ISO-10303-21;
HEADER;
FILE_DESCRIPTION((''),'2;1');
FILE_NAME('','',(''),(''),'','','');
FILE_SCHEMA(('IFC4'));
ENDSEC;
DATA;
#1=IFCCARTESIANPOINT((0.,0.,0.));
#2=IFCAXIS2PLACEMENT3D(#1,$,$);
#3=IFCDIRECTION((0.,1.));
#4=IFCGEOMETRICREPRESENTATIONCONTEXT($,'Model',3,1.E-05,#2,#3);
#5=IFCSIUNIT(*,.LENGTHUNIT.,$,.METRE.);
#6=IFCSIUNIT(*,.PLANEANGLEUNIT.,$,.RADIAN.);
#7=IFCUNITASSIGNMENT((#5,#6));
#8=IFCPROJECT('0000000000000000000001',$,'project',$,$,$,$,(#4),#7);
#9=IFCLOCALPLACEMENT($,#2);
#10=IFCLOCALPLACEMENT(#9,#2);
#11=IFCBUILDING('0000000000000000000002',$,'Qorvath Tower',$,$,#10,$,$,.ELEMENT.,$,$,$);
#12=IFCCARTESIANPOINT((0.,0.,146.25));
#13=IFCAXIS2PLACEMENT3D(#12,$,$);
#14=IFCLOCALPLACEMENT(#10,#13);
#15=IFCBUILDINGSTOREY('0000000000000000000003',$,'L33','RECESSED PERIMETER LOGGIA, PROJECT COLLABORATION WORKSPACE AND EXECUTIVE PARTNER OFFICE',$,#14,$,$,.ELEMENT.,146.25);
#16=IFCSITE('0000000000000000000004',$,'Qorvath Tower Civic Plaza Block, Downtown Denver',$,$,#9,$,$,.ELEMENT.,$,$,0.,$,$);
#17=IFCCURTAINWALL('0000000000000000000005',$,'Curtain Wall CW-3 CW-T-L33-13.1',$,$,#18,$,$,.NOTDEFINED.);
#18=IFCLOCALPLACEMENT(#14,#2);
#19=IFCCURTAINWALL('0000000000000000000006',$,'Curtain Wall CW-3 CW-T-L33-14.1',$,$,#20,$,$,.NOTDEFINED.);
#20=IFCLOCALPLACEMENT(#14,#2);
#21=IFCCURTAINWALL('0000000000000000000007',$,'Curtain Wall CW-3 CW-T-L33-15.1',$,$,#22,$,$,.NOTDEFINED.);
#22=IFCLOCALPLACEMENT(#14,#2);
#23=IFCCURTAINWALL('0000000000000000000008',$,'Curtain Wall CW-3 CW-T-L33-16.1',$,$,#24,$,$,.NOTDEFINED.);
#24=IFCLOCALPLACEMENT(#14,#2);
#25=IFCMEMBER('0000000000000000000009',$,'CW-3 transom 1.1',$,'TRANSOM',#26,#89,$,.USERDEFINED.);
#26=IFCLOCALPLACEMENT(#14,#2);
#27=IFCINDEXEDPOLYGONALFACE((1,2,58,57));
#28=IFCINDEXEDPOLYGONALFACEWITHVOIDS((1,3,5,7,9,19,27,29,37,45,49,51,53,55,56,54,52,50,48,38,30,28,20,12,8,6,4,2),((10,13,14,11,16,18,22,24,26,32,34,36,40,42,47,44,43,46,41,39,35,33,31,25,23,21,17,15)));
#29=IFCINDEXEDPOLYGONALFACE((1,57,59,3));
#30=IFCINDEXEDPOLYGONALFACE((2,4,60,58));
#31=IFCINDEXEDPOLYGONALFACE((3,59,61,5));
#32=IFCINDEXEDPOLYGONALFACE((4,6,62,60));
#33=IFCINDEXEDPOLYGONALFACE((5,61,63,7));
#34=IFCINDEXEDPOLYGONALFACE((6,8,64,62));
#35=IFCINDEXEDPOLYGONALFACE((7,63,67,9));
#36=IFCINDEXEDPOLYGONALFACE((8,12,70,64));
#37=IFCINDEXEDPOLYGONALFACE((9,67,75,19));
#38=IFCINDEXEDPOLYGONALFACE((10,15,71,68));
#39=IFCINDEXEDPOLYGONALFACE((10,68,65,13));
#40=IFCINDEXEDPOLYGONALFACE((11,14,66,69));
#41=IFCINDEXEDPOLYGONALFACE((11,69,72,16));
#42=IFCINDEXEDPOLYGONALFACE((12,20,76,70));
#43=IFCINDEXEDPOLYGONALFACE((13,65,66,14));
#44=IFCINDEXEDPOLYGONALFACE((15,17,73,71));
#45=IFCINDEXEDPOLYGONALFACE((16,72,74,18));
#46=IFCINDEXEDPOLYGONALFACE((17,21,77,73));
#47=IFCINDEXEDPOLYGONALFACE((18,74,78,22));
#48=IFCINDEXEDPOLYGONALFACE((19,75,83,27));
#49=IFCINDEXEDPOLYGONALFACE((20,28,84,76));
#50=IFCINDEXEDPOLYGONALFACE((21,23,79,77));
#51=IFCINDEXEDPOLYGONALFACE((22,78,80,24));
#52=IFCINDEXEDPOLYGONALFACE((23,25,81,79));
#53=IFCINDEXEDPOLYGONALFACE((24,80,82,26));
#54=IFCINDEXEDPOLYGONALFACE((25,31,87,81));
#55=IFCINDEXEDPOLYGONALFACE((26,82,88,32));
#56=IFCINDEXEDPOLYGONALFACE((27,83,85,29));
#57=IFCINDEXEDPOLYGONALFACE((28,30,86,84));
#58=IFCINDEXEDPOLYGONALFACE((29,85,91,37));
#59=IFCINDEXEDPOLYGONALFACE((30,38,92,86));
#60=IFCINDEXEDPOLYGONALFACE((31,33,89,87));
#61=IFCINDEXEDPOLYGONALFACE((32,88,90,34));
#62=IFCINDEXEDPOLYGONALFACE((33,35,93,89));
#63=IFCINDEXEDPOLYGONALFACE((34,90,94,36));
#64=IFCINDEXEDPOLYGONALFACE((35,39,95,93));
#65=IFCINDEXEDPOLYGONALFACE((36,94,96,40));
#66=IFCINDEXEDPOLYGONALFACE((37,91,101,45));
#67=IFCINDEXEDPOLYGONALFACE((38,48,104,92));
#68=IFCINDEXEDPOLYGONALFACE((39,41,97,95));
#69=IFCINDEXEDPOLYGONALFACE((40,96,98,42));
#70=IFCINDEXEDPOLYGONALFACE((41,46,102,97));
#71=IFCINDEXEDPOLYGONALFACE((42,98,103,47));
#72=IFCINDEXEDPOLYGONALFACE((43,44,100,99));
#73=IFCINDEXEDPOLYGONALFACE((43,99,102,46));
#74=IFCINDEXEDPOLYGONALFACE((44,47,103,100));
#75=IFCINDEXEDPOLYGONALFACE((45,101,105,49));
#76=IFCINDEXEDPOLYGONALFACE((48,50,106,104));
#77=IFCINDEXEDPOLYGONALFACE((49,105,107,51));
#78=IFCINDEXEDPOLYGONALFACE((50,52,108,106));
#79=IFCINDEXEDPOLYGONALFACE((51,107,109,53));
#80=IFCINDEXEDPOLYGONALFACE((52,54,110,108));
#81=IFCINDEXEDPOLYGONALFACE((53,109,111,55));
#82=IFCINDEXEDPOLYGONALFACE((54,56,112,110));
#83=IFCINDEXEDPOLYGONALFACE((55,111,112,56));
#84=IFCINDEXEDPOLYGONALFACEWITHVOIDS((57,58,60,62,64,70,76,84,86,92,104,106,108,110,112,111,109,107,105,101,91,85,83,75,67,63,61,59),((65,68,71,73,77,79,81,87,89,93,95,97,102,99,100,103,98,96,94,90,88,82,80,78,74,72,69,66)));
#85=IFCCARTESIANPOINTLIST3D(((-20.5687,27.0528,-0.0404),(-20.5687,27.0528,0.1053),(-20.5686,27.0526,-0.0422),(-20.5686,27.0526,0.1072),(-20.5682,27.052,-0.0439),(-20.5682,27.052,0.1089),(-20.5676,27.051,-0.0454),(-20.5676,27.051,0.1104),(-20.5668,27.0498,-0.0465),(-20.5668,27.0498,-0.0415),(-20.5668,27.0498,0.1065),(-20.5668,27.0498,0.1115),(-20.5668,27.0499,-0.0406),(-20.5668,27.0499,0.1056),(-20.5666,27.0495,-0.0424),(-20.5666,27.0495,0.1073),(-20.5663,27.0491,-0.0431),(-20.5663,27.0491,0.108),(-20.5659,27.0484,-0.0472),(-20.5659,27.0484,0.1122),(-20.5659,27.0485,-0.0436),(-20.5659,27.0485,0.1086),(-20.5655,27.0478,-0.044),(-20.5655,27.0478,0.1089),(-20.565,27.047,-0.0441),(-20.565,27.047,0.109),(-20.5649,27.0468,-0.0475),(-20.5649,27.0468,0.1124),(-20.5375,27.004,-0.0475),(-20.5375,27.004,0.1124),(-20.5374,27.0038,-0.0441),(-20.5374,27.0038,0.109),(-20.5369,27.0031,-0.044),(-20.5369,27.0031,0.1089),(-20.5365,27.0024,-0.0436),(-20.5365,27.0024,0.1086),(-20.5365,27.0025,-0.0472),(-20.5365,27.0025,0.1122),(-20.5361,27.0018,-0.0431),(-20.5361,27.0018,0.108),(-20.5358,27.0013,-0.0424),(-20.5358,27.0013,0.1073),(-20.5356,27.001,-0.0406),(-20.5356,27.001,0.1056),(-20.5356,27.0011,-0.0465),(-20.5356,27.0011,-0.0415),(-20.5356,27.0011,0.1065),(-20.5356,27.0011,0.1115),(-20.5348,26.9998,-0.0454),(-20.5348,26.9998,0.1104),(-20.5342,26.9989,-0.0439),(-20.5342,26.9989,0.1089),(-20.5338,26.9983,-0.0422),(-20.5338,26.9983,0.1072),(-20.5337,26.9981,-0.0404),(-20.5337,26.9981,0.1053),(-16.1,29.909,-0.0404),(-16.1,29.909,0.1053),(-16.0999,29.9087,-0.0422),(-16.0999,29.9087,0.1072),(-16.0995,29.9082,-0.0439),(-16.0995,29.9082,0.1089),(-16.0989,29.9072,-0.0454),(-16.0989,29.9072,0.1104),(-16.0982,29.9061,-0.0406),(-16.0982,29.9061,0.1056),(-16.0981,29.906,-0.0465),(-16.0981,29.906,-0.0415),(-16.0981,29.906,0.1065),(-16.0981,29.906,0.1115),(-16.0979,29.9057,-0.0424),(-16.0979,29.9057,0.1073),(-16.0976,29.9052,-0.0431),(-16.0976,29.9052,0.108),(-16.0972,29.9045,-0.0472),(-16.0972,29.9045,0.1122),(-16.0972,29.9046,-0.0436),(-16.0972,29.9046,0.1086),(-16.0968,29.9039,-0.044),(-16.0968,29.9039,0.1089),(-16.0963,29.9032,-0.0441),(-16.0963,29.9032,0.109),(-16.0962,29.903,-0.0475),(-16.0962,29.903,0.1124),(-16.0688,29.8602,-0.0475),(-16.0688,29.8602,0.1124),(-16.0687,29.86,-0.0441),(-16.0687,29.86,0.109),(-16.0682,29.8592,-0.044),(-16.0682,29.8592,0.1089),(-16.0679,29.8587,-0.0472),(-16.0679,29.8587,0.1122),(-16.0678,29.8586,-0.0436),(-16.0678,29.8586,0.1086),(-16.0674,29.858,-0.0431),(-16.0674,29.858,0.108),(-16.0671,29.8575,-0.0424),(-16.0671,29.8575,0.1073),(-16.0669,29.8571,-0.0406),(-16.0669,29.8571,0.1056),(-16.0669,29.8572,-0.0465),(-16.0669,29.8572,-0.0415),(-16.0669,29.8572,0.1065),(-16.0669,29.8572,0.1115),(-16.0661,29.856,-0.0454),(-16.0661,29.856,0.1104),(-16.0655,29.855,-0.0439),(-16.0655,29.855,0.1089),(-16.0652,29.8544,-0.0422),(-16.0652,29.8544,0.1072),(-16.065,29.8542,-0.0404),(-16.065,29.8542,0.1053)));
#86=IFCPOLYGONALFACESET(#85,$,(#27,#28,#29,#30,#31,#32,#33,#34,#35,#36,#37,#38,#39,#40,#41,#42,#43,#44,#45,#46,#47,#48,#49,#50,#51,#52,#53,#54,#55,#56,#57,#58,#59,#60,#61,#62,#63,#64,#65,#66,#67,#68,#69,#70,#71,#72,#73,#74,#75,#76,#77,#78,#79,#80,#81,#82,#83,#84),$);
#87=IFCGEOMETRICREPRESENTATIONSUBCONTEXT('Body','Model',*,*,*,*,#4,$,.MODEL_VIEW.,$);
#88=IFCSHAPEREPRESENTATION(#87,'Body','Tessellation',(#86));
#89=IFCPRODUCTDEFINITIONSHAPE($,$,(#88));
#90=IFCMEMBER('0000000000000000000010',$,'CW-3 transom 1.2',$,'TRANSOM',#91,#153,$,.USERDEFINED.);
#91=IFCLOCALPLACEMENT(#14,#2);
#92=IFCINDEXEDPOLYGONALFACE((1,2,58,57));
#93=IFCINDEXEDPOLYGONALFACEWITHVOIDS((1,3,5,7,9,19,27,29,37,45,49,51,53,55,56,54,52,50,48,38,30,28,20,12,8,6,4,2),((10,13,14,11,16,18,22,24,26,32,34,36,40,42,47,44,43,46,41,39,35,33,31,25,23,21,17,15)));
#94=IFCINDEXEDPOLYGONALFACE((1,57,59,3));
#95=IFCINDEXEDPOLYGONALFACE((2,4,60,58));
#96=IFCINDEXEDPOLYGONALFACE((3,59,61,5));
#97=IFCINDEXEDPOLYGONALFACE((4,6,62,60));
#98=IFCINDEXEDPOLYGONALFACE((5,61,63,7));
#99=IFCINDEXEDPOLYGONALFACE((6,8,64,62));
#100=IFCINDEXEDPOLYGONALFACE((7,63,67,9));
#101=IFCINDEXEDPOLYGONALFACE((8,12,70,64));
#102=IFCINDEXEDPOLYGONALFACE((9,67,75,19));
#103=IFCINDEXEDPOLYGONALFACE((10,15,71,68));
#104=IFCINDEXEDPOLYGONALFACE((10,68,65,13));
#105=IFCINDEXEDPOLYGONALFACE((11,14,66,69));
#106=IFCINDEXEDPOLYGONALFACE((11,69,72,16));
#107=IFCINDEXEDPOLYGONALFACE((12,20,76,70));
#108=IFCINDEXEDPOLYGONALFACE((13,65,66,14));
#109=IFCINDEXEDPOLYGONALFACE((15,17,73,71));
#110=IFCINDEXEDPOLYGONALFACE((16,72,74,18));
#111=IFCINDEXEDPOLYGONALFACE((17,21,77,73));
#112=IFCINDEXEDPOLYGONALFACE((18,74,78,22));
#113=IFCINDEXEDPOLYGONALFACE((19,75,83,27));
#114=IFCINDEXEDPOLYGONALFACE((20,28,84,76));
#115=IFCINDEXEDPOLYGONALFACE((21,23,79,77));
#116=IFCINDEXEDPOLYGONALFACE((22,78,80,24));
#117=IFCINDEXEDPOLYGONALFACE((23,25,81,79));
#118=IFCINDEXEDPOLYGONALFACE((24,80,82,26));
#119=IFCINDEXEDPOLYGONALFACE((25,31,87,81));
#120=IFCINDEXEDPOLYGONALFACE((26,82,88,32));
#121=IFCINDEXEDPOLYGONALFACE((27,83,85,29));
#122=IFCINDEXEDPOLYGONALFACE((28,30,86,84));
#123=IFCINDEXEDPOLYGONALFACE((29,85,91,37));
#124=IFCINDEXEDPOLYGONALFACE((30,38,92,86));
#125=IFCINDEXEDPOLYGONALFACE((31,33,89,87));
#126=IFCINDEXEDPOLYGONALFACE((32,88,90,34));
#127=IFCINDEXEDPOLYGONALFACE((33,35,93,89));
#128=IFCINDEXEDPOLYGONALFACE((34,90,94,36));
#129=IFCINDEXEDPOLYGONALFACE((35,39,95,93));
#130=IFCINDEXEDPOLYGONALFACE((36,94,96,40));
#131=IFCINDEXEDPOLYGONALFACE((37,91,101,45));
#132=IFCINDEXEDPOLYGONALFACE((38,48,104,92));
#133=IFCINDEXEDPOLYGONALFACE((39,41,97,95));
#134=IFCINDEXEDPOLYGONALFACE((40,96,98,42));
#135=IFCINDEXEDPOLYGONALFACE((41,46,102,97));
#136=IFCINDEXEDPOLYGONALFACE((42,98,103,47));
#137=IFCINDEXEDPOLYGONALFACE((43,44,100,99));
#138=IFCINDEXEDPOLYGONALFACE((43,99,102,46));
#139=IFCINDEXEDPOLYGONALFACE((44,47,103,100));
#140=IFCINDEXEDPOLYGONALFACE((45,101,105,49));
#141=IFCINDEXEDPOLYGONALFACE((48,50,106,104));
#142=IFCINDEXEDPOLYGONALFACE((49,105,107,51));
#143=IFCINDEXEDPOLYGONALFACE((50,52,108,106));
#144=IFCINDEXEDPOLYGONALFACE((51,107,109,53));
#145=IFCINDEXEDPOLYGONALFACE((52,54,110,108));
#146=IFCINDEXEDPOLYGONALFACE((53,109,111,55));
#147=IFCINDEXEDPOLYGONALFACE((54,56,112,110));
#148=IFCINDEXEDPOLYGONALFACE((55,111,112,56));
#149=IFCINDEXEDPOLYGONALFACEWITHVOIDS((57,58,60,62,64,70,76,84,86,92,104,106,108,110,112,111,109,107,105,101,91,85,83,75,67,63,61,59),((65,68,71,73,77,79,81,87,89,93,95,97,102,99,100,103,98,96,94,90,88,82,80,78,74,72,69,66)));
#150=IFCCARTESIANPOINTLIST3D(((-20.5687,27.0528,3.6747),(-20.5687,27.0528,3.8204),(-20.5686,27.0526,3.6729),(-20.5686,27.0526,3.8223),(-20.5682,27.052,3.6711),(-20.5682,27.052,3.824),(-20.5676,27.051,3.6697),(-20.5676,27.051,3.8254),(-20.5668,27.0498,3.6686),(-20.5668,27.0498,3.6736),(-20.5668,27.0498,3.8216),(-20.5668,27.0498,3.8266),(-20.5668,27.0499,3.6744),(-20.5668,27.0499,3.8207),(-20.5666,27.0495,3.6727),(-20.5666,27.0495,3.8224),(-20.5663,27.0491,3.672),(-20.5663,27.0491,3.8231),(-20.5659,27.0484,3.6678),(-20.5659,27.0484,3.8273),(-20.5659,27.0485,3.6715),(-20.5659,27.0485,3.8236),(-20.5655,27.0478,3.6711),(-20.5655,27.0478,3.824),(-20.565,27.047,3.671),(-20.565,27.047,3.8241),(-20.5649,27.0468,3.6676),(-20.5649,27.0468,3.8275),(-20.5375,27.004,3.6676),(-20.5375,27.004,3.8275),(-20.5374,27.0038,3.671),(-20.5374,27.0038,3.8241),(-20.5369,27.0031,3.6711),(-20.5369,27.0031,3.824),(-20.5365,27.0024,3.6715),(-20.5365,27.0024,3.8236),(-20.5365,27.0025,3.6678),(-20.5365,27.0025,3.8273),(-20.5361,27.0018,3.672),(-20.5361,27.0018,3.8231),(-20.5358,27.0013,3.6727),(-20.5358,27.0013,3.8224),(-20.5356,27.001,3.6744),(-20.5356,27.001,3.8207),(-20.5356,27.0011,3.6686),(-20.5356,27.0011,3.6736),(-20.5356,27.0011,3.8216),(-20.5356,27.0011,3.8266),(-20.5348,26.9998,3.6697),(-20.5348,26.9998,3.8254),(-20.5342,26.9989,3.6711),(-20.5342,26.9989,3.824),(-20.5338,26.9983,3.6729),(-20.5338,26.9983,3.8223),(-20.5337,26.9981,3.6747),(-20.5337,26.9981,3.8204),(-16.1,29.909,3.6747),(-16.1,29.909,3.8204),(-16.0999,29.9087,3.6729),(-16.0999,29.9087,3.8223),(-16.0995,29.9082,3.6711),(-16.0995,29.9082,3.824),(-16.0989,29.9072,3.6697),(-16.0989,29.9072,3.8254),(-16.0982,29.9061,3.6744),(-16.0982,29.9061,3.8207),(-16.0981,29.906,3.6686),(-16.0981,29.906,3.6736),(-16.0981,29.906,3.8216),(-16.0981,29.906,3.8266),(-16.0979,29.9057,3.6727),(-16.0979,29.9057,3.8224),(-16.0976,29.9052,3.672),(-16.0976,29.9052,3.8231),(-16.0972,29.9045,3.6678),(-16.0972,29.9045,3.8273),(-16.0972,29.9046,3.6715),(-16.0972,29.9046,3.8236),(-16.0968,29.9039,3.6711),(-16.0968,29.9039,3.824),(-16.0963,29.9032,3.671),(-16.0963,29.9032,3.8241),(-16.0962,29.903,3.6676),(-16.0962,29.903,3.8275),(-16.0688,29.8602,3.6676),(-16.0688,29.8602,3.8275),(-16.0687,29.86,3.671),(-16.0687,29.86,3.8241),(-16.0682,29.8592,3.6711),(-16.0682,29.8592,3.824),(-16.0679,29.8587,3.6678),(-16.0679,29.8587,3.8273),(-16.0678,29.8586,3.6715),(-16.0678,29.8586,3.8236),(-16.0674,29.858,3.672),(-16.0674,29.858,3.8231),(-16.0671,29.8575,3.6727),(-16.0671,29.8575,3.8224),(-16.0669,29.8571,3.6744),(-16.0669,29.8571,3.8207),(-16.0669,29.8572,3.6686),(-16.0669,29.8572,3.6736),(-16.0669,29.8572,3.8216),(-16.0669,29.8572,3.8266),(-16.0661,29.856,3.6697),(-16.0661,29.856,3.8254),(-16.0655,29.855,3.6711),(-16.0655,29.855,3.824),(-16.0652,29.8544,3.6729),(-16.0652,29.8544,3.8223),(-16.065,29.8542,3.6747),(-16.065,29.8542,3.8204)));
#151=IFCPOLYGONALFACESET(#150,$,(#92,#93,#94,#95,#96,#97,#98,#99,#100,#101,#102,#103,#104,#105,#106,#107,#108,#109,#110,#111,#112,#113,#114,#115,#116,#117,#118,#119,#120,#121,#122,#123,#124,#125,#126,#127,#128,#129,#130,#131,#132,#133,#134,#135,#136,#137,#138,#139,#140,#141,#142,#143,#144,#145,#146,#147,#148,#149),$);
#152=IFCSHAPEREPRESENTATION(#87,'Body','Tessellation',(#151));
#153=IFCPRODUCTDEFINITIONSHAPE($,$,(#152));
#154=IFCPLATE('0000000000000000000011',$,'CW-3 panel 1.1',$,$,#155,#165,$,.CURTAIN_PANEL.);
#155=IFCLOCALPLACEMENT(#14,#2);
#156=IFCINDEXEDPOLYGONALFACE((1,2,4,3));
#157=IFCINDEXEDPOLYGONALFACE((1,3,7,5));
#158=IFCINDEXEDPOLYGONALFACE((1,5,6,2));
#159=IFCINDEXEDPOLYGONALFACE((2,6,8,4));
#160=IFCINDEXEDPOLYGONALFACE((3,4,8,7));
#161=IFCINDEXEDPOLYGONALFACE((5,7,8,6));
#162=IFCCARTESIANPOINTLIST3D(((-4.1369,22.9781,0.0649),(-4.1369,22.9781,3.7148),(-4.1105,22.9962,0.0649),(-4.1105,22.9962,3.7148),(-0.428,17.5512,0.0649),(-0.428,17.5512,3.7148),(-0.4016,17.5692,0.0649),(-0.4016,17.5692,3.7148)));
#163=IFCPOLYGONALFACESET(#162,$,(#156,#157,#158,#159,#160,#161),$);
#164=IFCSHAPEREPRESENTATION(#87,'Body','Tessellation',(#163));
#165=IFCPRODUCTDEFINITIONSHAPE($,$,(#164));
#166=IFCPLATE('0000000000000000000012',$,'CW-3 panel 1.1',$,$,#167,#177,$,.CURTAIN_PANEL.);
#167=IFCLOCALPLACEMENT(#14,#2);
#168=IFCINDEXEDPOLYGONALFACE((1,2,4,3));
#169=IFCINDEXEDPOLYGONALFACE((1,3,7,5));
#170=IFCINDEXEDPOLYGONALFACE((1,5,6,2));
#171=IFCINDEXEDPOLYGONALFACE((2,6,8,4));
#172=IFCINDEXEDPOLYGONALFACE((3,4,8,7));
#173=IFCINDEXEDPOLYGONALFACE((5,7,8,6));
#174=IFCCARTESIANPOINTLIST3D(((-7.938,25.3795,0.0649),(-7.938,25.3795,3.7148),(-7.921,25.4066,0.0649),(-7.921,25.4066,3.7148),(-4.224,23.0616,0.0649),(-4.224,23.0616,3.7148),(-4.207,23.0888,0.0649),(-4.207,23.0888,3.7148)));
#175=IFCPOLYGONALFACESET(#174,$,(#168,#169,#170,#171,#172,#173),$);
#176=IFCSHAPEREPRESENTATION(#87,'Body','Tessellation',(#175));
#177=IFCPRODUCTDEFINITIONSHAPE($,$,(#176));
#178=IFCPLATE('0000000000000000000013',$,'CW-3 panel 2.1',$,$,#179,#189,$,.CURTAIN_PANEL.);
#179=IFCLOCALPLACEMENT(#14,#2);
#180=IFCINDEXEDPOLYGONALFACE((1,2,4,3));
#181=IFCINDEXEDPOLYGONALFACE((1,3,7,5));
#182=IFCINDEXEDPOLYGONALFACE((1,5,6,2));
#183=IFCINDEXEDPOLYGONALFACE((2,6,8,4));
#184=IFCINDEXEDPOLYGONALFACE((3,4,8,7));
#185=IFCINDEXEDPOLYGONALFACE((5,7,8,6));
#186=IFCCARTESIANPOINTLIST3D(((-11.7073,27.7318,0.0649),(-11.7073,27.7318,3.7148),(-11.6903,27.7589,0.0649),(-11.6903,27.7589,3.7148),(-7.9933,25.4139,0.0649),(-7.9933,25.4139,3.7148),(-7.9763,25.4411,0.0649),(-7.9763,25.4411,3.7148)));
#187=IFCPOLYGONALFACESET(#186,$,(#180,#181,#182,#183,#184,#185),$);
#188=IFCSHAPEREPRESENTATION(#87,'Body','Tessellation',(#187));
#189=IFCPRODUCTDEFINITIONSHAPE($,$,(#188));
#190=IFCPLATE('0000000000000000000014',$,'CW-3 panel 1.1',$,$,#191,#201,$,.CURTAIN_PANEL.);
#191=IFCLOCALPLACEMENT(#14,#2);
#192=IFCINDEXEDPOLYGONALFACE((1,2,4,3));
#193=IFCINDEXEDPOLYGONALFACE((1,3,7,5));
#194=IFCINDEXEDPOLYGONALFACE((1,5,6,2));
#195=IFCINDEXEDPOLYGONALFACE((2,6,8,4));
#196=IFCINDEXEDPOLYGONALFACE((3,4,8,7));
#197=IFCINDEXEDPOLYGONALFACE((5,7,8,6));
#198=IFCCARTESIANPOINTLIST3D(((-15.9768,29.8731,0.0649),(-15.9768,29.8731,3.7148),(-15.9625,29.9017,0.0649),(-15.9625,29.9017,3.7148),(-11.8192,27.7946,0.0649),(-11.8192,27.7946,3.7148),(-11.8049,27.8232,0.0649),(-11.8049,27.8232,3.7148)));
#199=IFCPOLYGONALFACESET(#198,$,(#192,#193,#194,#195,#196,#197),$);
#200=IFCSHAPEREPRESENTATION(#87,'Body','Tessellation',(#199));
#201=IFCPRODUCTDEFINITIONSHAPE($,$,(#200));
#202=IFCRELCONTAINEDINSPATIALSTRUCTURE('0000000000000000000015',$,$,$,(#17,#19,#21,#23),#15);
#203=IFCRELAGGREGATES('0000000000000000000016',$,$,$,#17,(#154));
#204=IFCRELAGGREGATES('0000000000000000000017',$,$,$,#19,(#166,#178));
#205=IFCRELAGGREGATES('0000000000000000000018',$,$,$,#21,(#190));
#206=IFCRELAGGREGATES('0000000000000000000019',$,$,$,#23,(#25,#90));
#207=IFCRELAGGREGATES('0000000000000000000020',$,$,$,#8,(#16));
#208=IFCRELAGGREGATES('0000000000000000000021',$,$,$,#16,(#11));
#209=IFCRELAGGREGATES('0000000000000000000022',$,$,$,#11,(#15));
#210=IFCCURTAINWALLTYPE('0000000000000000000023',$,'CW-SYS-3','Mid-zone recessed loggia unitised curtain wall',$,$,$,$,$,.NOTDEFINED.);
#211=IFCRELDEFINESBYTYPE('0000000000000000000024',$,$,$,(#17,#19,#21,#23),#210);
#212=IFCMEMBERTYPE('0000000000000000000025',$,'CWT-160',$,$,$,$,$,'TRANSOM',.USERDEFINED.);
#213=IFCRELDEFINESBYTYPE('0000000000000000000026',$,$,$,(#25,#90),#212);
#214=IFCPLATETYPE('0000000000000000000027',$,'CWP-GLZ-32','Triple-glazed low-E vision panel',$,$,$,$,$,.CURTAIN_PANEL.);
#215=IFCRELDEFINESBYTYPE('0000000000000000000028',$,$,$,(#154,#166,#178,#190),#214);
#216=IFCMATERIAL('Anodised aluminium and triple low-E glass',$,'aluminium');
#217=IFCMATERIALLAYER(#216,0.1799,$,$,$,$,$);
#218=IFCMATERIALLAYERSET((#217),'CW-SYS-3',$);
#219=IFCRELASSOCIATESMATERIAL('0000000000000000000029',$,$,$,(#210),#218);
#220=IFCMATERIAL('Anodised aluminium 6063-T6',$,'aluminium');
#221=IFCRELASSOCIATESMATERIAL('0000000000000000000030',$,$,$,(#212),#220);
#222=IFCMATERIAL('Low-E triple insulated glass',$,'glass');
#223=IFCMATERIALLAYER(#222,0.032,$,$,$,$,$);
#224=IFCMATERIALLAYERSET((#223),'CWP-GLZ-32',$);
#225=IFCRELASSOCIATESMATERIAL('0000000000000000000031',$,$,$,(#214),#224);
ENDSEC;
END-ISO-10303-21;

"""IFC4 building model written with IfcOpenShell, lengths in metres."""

from ifc_helpers import new_model, si_unit, direction, frame, origin, origin_2d, place, context, subcontext, project, spatial, rectangle, hollow_rectangle, extrude, material, layer, layer_set, material_profile, profile_set, type_object, element, aggregate, save


model = new_model("IFC4")

# Units and contexts
model_context = context("Model", 3, precision=1e-05, world=origin(), true_north=direction((0.0, 1.0)))
body_context = subcontext(model_context, "Body", "Model", "MODEL_VIEW")
ifc_project = project(units=[si_unit("LENGTHUNIT", "METRE"), si_unit("PLANEANGLEUNIT", "RADIAN")], contexts=[model_context])

# Site, building, storey
site_placement = place(None, origin())
site = spatial("IfcSite", under=ifc_project, at=site_placement, Name="Qorvath Tower Civic Plaza Block, Downtown Denver", CompositionType="ELEMENT", RefElevation=0.0)
building_placement = place(site_placement, origin())
building = spatial("IfcBuilding", under=site, at=building_placement, Name="Qorvath Tower", CompositionType="ELEMENT")
storey_placement = place(building_placement, frame((0.0, 0.0, 146.25)))
storey = spatial("IfcBuildingStorey", under=building, at=storey_placement, Name="L33", Description="RECESSED PERIMETER LOGGIA, PROJECT COLLABORATION WORKSPACE AND EXECUTIVE PARTNER OFFICE", CompositionType="ELEMENT", Elevation=146.25)

# Curtain wall
ifc_material_1 = material(Name="Anodised aluminium and triple low-E glass", Category="aluminium")
ifc_layer_1 = layer(ifc_material_1, 0.1799)
ifc_layer_set_1 = layer_set([ifc_layer_1], Name="CW-SYS-3")
curtain_wall_type = type_object("IfcCurtainWallType", Name="CW-SYS-3", Description="Mid-zone recessed loggia unitised curtain wall", PredefinedType="NOTDEFINED", material=ifc_layer_set_1)
curtain_wall_1_placement = place(storey_placement, origin())
curtain_wall_1 = element("IfcCurtainWall", 1, at=curtain_wall_1_placement, inside=storey, type_object=curtain_wall_type, Name="Curtain Wall CW-3 CW-T-L33-13.1", PredefinedType="NOTDEFINED")

# Curtain walls
curtain_wall_2_placement = place(storey_placement, origin())
curtain_wall_2 = element("IfcCurtainWall", 2, at=curtain_wall_2_placement, inside=storey, type_object=curtain_wall_type, Name="Curtain Wall CW-3 CW-T-L33-14.1", PredefinedType="NOTDEFINED")
curtain_wall_3_placement = place(storey_placement, origin())
curtain_wall_3 = element("IfcCurtainWall", 3, at=curtain_wall_3_placement, inside=storey, type_object=curtain_wall_type, Name="Curtain Wall CW-3 CW-T-L33-15.1", PredefinedType="NOTDEFINED")

# Curtain wall
curtain_wall_4_placement = place(storey_placement, origin())
curtain_wall_4 = element("IfcCurtainWall", 4, at=curtain_wall_4_placement, inside=storey, type_object=curtain_wall_type, Name="Curtain Wall CW-3 CW-T-L33-16.1", PredefinedType="NOTDEFINED")

# Members
ifc_material_2 = material(Name="Anodised aluminium 6063-T6", Category="aluminium")
ifc_material_profile_1 = material_profile(ifc_material_2, hollow_rectangle(XDim=0.0649, YDim=0.1599, WallThickness=0.0034, InnerFilletRadius=0.0034, OuterFilletRadius=0.0071, at=origin_2d()), Name="CWT 160x65")
ifc_profile_set_1 = profile_set([ifc_material_profile_1], Name="Anodised aluminium 6063-T6")
member_type_1 = type_object("IfcMemberType", Name="CWT-160", ElementType="TRANSOM", PredefinedType="USERDEFINED", material=ifc_profile_set_1)
member_1_placement = place(storey_placement, frame((-16.0825, 29.8816, 0.0325), z_axis=(-0.842596, -0.538545, 0.0), x_axis=(0.538545, -0.842596, 0.0)))
member_1 = element("IfcMember", 5, at=member_1_placement, type_object=member_type_1, Name="CW-3 transom 1.1", ObjectType="TRANSOM", PredefinedType="USERDEFINED", context=body_context, shape_type="SweptSolid", body=[
    extrude(hollow_rectangle(XDim=0.0649, YDim=0.1599, WallThickness=0.0034, InnerFilletRadius=0.0034, OuterFilletRadius=0.0071, at=origin_2d()), origin(), (0.0, 0.0, 1.0), 5.3035),
])
member_2_placement = place(storey_placement, frame((-16.0825, 29.8816, 3.7476), z_axis=(-0.842596, -0.538545, 0.0), x_axis=(0.538545, -0.842596, 0.0)))
member_2 = element("IfcMember", 6, at=member_2_placement, type_object=member_type_1, Name="CW-3 transom 1.2", ObjectType="TRANSOM", PredefinedType="USERDEFINED", context=body_context, shape_type="SweptSolid", body=[
    extrude(hollow_rectangle(XDim=0.0649, YDim=0.1599, WallThickness=0.0034, InnerFilletRadius=0.0034, OuterFilletRadius=0.0071, at=origin_2d()), origin(), (0.0, 0.0, 1.0), 5.3035),
])

# Plates
ifc_material_3 = material(Name="Low-E triple insulated glass", Category="glass")
ifc_layer_2 = layer(ifc_material_3, 0.032)
ifc_layer_set_2 = layer_set([ifc_layer_2], Name="CWP-GLZ-32")
plate_type = type_object("IfcPlateType", Name="CWP-GLZ-32", Description="Triple-glazed low-E vision panel", PredefinedType="CURTAIN_PANEL", material=ifc_layer_set_2)
plate_1_placement = place(storey_placement, frame((-2.2693, 20.2737, 0.0649), z_axis=(0.0, 0.0, 1.0), x_axis=(-0.564241, 0.82561, 0.0)))
plate_1 = element("IfcPlate", 7, at=plate_1_placement, type_object=plate_type, Name="CW-3 panel 1.1", PredefinedType="CURTAIN_PANEL", context=body_context, shape_type="SweptSolid", body=[
    extrude(rectangle(XDim=6.5732, YDim=0.032, at=origin_2d()), origin(), (0.0, 0.0, 1.0), 3.6499),
])
aggregate(curtain_wall_1, [plate_1])
plate_2_placement = place(storey_placement, frame((-6.0725, 24.2341, 0.0649), z_axis=(0.0, 0.0, 1.0), x_axis=(-0.848346, 0.529441, 0.0)))
plate_2 = element("IfcPlate", 8, at=plate_2_placement, type_object=plate_type, Name="CW-3 panel 1.1", PredefinedType="CURTAIN_PANEL", context=body_context, shape_type="SweptSolid", body=[
    extrude(rectangle(XDim=4.3779, YDim=0.032, at=origin_2d()), origin(), (0.0, 0.0, 1.0), 3.6499),
])
plate_3_placement = place(storey_placement, frame((-9.8418, 26.5864, 0.0649), z_axis=(0.0, 0.0, 1.0), x_axis=(-0.848346, 0.529441, 0.0)))
plate_3 = element("IfcPlate", 9, at=plate_3_placement, type_object=plate_type, Name="CW-3 panel 2.1", PredefinedType="CURTAIN_PANEL", context=body_context, shape_type="SweptSolid", body=[
    extrude(rectangle(XDim=4.3779, YDim=0.032, at=origin_2d()), origin(), (0.0, 0.0, 1.0), 3.6499),
])
aggregate(curtain_wall_2, [plate_2, plate_3])
plate_4_placement = place(storey_placement, frame((-13.8909, 28.8481, 0.0649), z_axis=(0.0, 0.0, 1.0), x_axis=(-0.894448, 0.447172, 0.0)))
plate_4 = element("IfcPlate", 10, at=plate_4_placement, type_object=plate_type, Name="CW-3 panel 1.1", PredefinedType="CURTAIN_PANEL", context=body_context, shape_type="SweptSolid", body=[
    extrude(rectangle(XDim=4.6482, YDim=0.032, at=origin_2d()), origin(), (0.0, 0.0, 1.0), 3.6499),
])
aggregate(curtain_wall_3, [plate_4])
aggregate(curtain_wall_4, [member_1, member_2])

save(model, "model.ifc")
